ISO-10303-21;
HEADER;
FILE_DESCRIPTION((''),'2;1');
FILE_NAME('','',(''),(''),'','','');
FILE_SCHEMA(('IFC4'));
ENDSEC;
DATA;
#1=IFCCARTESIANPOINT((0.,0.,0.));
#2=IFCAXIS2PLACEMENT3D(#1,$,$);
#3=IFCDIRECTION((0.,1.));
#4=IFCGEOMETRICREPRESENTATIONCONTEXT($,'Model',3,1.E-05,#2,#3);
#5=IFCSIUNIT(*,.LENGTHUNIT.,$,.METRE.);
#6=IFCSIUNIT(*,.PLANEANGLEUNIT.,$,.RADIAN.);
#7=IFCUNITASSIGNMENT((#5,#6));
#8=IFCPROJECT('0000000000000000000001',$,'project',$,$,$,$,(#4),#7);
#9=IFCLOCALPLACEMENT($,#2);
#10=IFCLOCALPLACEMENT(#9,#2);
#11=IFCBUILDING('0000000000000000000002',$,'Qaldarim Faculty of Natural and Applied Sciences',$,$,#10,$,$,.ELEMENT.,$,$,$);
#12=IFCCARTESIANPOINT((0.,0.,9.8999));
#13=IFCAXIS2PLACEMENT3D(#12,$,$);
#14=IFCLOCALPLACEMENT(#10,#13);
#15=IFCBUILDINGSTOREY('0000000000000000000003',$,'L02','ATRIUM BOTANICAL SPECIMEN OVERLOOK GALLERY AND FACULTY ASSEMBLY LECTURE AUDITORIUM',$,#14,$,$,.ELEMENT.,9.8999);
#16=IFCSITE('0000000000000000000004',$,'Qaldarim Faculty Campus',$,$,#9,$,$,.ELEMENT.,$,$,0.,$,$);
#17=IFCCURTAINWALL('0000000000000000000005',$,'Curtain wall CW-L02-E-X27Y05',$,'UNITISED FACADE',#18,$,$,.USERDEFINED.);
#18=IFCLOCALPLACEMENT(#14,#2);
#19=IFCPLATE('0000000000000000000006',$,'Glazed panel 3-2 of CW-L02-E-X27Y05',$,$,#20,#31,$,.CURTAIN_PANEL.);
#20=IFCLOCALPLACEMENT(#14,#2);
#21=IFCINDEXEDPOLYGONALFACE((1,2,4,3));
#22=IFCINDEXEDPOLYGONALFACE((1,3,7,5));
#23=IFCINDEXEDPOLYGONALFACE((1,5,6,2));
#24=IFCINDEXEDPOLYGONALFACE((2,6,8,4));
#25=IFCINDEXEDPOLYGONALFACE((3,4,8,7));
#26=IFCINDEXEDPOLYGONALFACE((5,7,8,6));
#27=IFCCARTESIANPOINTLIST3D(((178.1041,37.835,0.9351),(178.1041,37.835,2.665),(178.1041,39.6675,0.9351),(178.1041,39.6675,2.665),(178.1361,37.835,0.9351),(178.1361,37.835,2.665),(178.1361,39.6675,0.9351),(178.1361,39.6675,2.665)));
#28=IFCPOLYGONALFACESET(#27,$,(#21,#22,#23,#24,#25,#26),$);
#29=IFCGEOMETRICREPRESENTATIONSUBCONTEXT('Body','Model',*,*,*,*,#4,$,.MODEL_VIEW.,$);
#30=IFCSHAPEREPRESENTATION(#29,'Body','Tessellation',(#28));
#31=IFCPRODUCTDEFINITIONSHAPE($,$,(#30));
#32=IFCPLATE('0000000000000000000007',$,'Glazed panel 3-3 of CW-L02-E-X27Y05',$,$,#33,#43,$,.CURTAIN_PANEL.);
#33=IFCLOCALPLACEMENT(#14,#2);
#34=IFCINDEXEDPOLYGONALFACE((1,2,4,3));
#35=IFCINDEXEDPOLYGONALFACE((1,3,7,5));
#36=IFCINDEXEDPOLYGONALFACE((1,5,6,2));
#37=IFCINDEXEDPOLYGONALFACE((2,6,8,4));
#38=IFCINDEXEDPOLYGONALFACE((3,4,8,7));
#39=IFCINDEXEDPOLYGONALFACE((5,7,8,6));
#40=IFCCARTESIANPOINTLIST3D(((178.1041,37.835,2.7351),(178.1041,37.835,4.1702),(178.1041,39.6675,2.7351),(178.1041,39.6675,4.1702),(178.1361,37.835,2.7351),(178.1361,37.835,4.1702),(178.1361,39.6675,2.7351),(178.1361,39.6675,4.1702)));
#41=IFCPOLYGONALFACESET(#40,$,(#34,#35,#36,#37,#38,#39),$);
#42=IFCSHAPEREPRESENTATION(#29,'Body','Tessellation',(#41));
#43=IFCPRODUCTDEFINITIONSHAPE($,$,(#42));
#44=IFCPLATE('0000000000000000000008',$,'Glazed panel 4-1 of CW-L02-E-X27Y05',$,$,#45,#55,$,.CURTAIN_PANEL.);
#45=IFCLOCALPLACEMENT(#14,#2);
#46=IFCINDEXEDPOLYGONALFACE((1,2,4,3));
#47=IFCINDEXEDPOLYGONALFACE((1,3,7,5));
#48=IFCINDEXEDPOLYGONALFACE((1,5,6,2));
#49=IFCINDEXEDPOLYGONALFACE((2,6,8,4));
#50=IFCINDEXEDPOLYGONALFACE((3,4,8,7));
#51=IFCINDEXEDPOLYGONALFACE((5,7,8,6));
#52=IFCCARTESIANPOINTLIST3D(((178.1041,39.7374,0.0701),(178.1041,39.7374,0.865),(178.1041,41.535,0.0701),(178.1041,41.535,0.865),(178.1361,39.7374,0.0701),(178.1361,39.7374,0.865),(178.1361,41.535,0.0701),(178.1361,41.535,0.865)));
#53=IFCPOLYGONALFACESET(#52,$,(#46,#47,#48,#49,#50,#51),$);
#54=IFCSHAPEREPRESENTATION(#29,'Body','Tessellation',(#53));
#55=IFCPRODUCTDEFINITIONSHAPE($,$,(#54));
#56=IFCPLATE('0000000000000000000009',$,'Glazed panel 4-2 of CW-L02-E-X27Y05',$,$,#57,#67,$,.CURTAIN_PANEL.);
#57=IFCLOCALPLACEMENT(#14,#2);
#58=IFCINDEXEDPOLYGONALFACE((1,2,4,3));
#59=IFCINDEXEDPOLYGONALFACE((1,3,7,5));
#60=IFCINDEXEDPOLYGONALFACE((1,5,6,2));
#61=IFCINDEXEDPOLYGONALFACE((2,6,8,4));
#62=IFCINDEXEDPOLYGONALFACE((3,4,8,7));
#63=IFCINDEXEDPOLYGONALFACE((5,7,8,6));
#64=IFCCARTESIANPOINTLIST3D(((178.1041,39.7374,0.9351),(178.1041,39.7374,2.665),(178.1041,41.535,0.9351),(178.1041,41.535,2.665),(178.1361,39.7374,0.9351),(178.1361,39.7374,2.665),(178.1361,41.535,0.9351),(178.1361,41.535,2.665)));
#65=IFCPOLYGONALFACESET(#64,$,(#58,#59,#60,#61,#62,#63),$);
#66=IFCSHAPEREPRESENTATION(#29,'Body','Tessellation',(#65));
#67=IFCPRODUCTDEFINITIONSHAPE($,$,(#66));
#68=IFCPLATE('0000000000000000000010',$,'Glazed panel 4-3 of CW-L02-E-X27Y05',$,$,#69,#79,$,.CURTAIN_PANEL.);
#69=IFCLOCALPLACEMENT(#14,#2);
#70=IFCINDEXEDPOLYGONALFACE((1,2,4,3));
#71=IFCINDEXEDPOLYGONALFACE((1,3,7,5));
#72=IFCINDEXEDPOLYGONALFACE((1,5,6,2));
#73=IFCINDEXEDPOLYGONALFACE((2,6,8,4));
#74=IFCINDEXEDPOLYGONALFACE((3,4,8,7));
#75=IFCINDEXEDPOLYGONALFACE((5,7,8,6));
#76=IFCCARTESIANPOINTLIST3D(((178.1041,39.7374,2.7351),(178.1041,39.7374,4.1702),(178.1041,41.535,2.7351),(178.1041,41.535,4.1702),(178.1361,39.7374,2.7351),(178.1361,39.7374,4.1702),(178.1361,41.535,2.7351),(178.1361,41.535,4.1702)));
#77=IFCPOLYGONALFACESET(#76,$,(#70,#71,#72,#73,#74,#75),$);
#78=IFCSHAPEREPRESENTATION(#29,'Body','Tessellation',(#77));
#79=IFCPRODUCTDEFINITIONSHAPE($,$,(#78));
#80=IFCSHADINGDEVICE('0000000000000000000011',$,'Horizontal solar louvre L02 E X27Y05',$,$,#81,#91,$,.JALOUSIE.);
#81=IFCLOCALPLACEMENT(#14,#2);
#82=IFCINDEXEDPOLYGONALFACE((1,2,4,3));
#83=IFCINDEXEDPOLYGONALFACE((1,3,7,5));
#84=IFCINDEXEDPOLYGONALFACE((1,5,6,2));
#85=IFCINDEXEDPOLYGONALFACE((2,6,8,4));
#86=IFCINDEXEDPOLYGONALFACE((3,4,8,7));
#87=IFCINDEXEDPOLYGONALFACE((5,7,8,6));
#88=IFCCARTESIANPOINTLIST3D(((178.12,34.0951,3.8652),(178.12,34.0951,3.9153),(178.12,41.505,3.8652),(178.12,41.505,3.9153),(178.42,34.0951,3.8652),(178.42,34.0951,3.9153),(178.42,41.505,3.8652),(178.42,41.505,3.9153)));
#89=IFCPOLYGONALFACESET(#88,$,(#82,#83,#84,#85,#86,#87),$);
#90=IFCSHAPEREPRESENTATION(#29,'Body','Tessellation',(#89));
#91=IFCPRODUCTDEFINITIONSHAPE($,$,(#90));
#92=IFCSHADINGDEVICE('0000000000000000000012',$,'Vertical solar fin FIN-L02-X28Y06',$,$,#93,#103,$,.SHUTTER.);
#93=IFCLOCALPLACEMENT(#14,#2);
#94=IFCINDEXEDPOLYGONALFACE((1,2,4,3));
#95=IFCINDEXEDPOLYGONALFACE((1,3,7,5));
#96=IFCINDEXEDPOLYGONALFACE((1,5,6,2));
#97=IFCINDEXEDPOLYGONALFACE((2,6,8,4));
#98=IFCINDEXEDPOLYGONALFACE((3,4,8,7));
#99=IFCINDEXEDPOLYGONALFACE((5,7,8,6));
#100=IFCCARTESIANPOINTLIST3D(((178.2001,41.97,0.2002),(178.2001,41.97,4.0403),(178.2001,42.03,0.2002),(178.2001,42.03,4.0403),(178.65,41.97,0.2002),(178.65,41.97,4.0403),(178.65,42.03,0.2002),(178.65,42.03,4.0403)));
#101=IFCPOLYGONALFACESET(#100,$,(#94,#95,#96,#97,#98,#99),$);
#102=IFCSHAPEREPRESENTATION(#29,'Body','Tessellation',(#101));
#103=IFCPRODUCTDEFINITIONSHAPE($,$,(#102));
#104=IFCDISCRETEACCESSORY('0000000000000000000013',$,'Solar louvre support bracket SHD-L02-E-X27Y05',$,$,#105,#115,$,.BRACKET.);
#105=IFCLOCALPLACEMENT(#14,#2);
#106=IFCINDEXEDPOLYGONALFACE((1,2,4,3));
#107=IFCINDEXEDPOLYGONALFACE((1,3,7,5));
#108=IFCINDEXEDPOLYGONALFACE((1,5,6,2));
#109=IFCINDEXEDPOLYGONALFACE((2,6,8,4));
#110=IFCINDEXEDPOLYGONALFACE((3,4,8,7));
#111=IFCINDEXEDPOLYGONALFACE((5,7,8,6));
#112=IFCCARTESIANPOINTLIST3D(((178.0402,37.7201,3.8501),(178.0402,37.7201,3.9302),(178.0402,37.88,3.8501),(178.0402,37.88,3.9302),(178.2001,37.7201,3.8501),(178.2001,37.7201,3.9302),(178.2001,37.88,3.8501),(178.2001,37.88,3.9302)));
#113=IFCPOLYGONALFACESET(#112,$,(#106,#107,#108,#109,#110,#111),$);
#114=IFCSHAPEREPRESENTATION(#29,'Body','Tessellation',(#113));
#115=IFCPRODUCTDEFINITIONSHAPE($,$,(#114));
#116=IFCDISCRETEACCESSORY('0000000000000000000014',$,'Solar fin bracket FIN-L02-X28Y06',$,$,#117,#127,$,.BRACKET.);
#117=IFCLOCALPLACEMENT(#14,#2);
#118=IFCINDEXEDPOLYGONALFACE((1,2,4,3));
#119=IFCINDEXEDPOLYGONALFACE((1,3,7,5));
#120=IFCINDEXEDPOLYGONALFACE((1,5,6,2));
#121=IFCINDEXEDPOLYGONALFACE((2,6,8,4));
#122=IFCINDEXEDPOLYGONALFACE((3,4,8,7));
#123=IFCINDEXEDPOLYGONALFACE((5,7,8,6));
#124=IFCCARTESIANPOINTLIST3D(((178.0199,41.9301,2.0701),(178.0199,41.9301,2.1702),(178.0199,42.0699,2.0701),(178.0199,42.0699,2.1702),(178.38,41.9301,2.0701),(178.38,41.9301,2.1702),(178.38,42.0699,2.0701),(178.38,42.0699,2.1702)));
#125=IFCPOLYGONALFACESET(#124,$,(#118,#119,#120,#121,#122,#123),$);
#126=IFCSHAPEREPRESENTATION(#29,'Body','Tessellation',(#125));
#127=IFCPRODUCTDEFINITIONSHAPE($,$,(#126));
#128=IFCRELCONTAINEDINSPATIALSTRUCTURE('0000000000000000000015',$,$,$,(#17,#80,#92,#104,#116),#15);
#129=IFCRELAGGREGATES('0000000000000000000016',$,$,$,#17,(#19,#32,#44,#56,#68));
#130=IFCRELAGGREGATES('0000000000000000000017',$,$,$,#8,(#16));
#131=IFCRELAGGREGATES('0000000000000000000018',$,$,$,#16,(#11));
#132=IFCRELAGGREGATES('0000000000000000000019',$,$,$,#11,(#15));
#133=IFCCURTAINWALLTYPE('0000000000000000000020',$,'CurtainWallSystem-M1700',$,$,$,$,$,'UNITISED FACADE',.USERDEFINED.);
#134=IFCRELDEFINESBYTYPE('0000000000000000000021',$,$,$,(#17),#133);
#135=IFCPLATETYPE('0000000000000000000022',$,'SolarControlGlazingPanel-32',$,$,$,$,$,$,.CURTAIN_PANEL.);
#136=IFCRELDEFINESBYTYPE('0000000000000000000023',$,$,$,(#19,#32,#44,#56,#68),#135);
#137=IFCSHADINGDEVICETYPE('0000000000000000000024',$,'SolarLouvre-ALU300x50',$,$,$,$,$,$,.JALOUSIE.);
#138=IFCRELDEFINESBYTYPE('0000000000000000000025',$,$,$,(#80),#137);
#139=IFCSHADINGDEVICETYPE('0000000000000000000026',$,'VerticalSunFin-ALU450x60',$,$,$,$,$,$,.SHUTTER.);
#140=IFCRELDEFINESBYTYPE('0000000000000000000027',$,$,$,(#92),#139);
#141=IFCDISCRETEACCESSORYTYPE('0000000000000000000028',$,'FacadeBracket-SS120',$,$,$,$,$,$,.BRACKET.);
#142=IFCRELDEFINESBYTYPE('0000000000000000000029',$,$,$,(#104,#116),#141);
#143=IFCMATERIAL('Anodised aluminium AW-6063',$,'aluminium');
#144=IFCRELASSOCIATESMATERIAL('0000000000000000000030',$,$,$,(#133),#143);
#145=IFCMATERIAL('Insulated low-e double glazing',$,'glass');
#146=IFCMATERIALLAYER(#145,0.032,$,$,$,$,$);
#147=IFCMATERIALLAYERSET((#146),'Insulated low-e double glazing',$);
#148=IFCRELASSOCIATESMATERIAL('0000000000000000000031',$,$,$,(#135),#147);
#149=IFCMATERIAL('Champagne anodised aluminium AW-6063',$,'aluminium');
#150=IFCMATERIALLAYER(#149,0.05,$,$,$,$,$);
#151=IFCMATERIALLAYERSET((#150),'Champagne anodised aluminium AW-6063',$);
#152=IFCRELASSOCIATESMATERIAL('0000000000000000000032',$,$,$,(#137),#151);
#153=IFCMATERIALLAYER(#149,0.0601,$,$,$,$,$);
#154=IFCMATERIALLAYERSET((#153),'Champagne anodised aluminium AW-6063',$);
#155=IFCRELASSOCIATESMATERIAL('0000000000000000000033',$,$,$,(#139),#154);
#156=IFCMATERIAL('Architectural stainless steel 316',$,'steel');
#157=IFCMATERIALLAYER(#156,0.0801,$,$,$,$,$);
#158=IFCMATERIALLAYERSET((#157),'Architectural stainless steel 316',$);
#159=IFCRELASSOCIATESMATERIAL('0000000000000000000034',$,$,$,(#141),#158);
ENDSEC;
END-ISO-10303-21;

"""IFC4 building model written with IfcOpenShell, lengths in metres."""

from ifc_helpers import new_model, si_unit, direction, frame, origin, origin_2d, place, context, subcontext, project, spatial, rectangle, extrude, material, layer, layer_set, type_object, element, aggregate, save


model = new_model("IFC4")

# Units and contexts
model_context = context("Model", 3, precision=1e-05, world=origin(), true_north=direction((0.0, 1.0)))
body_context = subcontext(model_context, "Body", "Model", "MODEL_VIEW")
ifc_project = project(units=[si_unit("LENGTHUNIT", "METRE"), si_unit("PLANEANGLEUNIT", "RADIAN")], contexts=[model_context])

# Site, building, storey
site_placement = place(None, origin())
site = spatial("IfcSite", under=ifc_project, at=site_placement, Name="Qaldarim Faculty Campus", CompositionType="ELEMENT", RefElevation=0.0)
building_placement = place(site_placement, origin())
building = spatial("IfcBuilding", under=site, at=building_placement, Name="Qaldarim Faculty of Natural and Applied Sciences", CompositionType="ELEMENT")
storey_placement = place(building_placement, frame((0.0, 0.0, 9.8999)))
storey = spatial("IfcBuildingStorey", under=building, at=storey_placement, Name="L02", Description="ATRIUM BOTANICAL SPECIMEN OVERLOOK GALLERY AND FACULTY ASSEMBLY LECTURE AUDITORIUM", CompositionType="ELEMENT", Elevation=9.8999)

# Curtain wall, plates
ifc_material_1 = material(Name="Anodised aluminium AW-6063", Category="aluminium")
curtain_wall_type = type_object("IfcCurtainWallType", Name="CurtainWallSystem-M1700", ElementType="UNITISED FACADE", PredefinedType="USERDEFINED", material=ifc_material_1)
curtain_wall_placement = place(storey_placement, origin())
curtain_wall = element("IfcCurtainWall", 1, at=curtain_wall_placement, inside=storey, type_object=curtain_wall_type, Name="Curtain wall CW-L02-E-X27Y05", ObjectType="UNITISED FACADE", PredefinedType="USERDEFINED")
ifc_material_2 = material(Name="Insulated low-e double glazing", Category="glass")
ifc_layer_1 = layer(ifc_material_2, 0.032)
ifc_layer_set_1 = layer_set([ifc_layer_1], Name="Insulated low-e double glazing")
plate_type = type_object("IfcPlateType", Name="SolarControlGlazingPanel-32", PredefinedType="CURTAIN_PANEL", material=ifc_layer_set_1)
plate_1_placement = place(storey_placement, frame((178.1201, 38.7512, 0.9351), z_axis=(0.0, 0.0, 1.0), x_axis=(0.0, 1.0, 0.0)))
plate_1 = element("IfcPlate", 2, at=plate_1_placement, type_object=plate_type, Name="Glazed panel 3-2 of CW-L02-E-X27Y05", PredefinedType="CURTAIN_PANEL", context=body_context, shape_type="SweptSolid", body=[
    extrude(rectangle(XDim=1.8325, YDim=0.032, at=origin_2d()), origin(), (0.0, 0.0, 1.0), 1.73),
])
plate_2_placement = place(storey_placement, frame((178.1201, 38.7512, 2.7351), z_axis=(0.0, 0.0, 1.0), x_axis=(0.0, 1.0, 0.0)))
plate_2 = element("IfcPlate", 3, at=plate_2_placement, type_object=plate_type, Name="Glazed panel 3-3 of CW-L02-E-X27Y05", PredefinedType="CURTAIN_PANEL", context=body_context, shape_type="SweptSolid", body=[
    extrude(rectangle(XDim=1.8325, YDim=0.032, at=origin_2d()), origin(), (0.0, 0.0, 1.0), 1.4351),
])
plate_3_placement = place(storey_placement, frame((178.1201, 40.6362, 0.0701), z_axis=(0.0, 0.0, 1.0), x_axis=(0.0, 1.0, 0.0)))
plate_3 = element("IfcPlate", 4, at=plate_3_placement, type_object=plate_type, Name="Glazed panel 4-1 of CW-L02-E-X27Y05", PredefinedType="CURTAIN_PANEL", context=body_context, shape_type="SweptSolid", body=[
    extrude(rectangle(XDim=1.7976, YDim=0.032, at=origin_2d()), origin(), (0.0, 0.0, 1.0), 0.7949),
])
plate_4_placement = place(storey_placement, frame((178.1201, 40.6362, 0.9351), z_axis=(0.0, 0.0, 1.0), x_axis=(0.0, 1.0, 0.0)))
plate_4 = element("IfcPlate", 5, at=plate_4_placement, type_object=plate_type, Name="Glazed panel 4-2 of CW-L02-E-X27Y05", PredefinedType="CURTAIN_PANEL", context=body_context, shape_type="SweptSolid", body=[
    extrude(rectangle(XDim=1.7976, YDim=0.032, at=origin_2d()), origin(), (0.0, 0.0, 1.0), 1.73),
])
plate_5_placement = place(storey_placement, frame((178.1201, 40.6362, 2.7351), z_axis=(0.0, 0.0, 1.0), x_axis=(0.0, 1.0, 0.0)))
plate_5 = element("IfcPlate", 6, at=plate_5_placement, type_object=plate_type, Name="Glazed panel 4-3 of CW-L02-E-X27Y05", PredefinedType="CURTAIN_PANEL", context=body_context, shape_type="SweptSolid", body=[
    extrude(rectangle(XDim=1.7976, YDim=0.032, at=origin_2d()), origin(), (0.0, 0.0, 1.0), 1.4351),
])
aggregate(curtain_wall, [plate_1, plate_2, plate_3, plate_4, plate_5])

# Shading devices
ifc_material_3 = material(Name="Champagne anodised aluminium AW-6063", Category="aluminium")
ifc_layer_2 = layer(ifc_material_3, 0.05)
ifc_layer_set_2 = layer_set([ifc_layer_2], Name="Champagne anodised aluminium AW-6063")
shading_device_type_1 = type_object("IfcShadingDeviceType", Name="SolarLouvre-ALU300x50", PredefinedType="JALOUSIE", material=ifc_layer_set_2)
shading_device_1_placement = place(storey_placement, frame((178.27, 37.8, 3.8652), z_axis=(0.0, 0.0, 1.0), x_axis=(0.0, 1.0, 0.0)))
element("IfcShadingDevice", 7, at=shading_device_1_placement, inside=storey, type_object=shading_device_type_1, Name="Horizontal solar louvre L02 E X27Y05", PredefinedType="JALOUSIE", context=body_context, shape_type="SweptSolid", body=[
    extrude(rectangle(XDim=7.4099, YDim=0.3, at=origin_2d()), origin(), (0.0, 0.0, 1.0), 0.05),
])
ifc_layer_3 = layer(ifc_material_3, 0.0601)
ifc_layer_set_3 = layer_set([ifc_layer_3], Name="Champagne anodised aluminium AW-6063")
shading_device_type_2 = type_object("IfcShadingDeviceType", Name="VerticalSunFin-ALU450x60", PredefinedType="SHUTTER", material=ifc_layer_set_3)
shading_device_2_placement = place(storey_placement, frame((178.425, 42.0, 0.2002), z_axis=(0.0, 0.0, 1.0), x_axis=(1.0, 0.0, 0.0)))
element("IfcShadingDevice", 8, at=shading_device_2_placement, inside=storey, type_object=shading_device_type_2, Name="Vertical solar fin FIN-L02-X28Y06", PredefinedType="SHUTTER", context=body_context, shape_type="SweptSolid", body=[
    extrude(rectangle(XDim=0.45, YDim=0.0601, at=origin_2d()), origin(), (0.0, 0.0, 1.0), 3.8401),
])

# Discrete accessories
ifc_material_4 = material(Name="Architectural stainless steel 316", Category="steel")
ifc_layer_4 = layer(ifc_material_4, 0.0801)
ifc_layer_set_4 = layer_set([ifc_layer_4], Name="Architectural stainless steel 316")
discrete_accessory_type = type_object("IfcDiscreteAccessoryType", Name="FacadeBracket-SS120", PredefinedType="BRACKET", material=ifc_layer_set_4)
discrete_accessory_1_placement = place(storey_placement, frame((178.1201, 37.8, 3.8501), z_axis=(0.0, 0.0, 1.0), x_axis=(0.0, 1.0, 0.0)))
element("IfcDiscreteAccessory", 9, at=discrete_accessory_1_placement, inside=storey, type_object=discrete_accessory_type, Name="Solar louvre support bracket SHD-L02-E-X27Y05", PredefinedType="BRACKET", context=body_context, shape_type="SweptSolid", body=[
    extrude(rectangle(XDim=0.1599, YDim=0.1599, at=origin_2d()), origin(), (0.0, 0.0, 1.0), 0.0801),
])
discrete_accessory_2_placement = place(storey_placement, frame((178.2, 42.0, 2.0701), z_axis=(0.0, 0.0, 1.0), x_axis=(1.0, 0.0, 0.0)))
element("IfcDiscreteAccessory", 10, at=discrete_accessory_2_placement, inside=storey, type_object=discrete_accessory_type, Name="Solar fin bracket FIN-L02-X28Y06", PredefinedType="BRACKET", context=body_context, shape_type="SweptSolid", body=[
    extrude(rectangle(XDim=0.3601, YDim=0.1399, at=origin_2d()), origin(), (0.0, 0.0, 1.0), 0.1001),
])

save(model, "model.ifc")
